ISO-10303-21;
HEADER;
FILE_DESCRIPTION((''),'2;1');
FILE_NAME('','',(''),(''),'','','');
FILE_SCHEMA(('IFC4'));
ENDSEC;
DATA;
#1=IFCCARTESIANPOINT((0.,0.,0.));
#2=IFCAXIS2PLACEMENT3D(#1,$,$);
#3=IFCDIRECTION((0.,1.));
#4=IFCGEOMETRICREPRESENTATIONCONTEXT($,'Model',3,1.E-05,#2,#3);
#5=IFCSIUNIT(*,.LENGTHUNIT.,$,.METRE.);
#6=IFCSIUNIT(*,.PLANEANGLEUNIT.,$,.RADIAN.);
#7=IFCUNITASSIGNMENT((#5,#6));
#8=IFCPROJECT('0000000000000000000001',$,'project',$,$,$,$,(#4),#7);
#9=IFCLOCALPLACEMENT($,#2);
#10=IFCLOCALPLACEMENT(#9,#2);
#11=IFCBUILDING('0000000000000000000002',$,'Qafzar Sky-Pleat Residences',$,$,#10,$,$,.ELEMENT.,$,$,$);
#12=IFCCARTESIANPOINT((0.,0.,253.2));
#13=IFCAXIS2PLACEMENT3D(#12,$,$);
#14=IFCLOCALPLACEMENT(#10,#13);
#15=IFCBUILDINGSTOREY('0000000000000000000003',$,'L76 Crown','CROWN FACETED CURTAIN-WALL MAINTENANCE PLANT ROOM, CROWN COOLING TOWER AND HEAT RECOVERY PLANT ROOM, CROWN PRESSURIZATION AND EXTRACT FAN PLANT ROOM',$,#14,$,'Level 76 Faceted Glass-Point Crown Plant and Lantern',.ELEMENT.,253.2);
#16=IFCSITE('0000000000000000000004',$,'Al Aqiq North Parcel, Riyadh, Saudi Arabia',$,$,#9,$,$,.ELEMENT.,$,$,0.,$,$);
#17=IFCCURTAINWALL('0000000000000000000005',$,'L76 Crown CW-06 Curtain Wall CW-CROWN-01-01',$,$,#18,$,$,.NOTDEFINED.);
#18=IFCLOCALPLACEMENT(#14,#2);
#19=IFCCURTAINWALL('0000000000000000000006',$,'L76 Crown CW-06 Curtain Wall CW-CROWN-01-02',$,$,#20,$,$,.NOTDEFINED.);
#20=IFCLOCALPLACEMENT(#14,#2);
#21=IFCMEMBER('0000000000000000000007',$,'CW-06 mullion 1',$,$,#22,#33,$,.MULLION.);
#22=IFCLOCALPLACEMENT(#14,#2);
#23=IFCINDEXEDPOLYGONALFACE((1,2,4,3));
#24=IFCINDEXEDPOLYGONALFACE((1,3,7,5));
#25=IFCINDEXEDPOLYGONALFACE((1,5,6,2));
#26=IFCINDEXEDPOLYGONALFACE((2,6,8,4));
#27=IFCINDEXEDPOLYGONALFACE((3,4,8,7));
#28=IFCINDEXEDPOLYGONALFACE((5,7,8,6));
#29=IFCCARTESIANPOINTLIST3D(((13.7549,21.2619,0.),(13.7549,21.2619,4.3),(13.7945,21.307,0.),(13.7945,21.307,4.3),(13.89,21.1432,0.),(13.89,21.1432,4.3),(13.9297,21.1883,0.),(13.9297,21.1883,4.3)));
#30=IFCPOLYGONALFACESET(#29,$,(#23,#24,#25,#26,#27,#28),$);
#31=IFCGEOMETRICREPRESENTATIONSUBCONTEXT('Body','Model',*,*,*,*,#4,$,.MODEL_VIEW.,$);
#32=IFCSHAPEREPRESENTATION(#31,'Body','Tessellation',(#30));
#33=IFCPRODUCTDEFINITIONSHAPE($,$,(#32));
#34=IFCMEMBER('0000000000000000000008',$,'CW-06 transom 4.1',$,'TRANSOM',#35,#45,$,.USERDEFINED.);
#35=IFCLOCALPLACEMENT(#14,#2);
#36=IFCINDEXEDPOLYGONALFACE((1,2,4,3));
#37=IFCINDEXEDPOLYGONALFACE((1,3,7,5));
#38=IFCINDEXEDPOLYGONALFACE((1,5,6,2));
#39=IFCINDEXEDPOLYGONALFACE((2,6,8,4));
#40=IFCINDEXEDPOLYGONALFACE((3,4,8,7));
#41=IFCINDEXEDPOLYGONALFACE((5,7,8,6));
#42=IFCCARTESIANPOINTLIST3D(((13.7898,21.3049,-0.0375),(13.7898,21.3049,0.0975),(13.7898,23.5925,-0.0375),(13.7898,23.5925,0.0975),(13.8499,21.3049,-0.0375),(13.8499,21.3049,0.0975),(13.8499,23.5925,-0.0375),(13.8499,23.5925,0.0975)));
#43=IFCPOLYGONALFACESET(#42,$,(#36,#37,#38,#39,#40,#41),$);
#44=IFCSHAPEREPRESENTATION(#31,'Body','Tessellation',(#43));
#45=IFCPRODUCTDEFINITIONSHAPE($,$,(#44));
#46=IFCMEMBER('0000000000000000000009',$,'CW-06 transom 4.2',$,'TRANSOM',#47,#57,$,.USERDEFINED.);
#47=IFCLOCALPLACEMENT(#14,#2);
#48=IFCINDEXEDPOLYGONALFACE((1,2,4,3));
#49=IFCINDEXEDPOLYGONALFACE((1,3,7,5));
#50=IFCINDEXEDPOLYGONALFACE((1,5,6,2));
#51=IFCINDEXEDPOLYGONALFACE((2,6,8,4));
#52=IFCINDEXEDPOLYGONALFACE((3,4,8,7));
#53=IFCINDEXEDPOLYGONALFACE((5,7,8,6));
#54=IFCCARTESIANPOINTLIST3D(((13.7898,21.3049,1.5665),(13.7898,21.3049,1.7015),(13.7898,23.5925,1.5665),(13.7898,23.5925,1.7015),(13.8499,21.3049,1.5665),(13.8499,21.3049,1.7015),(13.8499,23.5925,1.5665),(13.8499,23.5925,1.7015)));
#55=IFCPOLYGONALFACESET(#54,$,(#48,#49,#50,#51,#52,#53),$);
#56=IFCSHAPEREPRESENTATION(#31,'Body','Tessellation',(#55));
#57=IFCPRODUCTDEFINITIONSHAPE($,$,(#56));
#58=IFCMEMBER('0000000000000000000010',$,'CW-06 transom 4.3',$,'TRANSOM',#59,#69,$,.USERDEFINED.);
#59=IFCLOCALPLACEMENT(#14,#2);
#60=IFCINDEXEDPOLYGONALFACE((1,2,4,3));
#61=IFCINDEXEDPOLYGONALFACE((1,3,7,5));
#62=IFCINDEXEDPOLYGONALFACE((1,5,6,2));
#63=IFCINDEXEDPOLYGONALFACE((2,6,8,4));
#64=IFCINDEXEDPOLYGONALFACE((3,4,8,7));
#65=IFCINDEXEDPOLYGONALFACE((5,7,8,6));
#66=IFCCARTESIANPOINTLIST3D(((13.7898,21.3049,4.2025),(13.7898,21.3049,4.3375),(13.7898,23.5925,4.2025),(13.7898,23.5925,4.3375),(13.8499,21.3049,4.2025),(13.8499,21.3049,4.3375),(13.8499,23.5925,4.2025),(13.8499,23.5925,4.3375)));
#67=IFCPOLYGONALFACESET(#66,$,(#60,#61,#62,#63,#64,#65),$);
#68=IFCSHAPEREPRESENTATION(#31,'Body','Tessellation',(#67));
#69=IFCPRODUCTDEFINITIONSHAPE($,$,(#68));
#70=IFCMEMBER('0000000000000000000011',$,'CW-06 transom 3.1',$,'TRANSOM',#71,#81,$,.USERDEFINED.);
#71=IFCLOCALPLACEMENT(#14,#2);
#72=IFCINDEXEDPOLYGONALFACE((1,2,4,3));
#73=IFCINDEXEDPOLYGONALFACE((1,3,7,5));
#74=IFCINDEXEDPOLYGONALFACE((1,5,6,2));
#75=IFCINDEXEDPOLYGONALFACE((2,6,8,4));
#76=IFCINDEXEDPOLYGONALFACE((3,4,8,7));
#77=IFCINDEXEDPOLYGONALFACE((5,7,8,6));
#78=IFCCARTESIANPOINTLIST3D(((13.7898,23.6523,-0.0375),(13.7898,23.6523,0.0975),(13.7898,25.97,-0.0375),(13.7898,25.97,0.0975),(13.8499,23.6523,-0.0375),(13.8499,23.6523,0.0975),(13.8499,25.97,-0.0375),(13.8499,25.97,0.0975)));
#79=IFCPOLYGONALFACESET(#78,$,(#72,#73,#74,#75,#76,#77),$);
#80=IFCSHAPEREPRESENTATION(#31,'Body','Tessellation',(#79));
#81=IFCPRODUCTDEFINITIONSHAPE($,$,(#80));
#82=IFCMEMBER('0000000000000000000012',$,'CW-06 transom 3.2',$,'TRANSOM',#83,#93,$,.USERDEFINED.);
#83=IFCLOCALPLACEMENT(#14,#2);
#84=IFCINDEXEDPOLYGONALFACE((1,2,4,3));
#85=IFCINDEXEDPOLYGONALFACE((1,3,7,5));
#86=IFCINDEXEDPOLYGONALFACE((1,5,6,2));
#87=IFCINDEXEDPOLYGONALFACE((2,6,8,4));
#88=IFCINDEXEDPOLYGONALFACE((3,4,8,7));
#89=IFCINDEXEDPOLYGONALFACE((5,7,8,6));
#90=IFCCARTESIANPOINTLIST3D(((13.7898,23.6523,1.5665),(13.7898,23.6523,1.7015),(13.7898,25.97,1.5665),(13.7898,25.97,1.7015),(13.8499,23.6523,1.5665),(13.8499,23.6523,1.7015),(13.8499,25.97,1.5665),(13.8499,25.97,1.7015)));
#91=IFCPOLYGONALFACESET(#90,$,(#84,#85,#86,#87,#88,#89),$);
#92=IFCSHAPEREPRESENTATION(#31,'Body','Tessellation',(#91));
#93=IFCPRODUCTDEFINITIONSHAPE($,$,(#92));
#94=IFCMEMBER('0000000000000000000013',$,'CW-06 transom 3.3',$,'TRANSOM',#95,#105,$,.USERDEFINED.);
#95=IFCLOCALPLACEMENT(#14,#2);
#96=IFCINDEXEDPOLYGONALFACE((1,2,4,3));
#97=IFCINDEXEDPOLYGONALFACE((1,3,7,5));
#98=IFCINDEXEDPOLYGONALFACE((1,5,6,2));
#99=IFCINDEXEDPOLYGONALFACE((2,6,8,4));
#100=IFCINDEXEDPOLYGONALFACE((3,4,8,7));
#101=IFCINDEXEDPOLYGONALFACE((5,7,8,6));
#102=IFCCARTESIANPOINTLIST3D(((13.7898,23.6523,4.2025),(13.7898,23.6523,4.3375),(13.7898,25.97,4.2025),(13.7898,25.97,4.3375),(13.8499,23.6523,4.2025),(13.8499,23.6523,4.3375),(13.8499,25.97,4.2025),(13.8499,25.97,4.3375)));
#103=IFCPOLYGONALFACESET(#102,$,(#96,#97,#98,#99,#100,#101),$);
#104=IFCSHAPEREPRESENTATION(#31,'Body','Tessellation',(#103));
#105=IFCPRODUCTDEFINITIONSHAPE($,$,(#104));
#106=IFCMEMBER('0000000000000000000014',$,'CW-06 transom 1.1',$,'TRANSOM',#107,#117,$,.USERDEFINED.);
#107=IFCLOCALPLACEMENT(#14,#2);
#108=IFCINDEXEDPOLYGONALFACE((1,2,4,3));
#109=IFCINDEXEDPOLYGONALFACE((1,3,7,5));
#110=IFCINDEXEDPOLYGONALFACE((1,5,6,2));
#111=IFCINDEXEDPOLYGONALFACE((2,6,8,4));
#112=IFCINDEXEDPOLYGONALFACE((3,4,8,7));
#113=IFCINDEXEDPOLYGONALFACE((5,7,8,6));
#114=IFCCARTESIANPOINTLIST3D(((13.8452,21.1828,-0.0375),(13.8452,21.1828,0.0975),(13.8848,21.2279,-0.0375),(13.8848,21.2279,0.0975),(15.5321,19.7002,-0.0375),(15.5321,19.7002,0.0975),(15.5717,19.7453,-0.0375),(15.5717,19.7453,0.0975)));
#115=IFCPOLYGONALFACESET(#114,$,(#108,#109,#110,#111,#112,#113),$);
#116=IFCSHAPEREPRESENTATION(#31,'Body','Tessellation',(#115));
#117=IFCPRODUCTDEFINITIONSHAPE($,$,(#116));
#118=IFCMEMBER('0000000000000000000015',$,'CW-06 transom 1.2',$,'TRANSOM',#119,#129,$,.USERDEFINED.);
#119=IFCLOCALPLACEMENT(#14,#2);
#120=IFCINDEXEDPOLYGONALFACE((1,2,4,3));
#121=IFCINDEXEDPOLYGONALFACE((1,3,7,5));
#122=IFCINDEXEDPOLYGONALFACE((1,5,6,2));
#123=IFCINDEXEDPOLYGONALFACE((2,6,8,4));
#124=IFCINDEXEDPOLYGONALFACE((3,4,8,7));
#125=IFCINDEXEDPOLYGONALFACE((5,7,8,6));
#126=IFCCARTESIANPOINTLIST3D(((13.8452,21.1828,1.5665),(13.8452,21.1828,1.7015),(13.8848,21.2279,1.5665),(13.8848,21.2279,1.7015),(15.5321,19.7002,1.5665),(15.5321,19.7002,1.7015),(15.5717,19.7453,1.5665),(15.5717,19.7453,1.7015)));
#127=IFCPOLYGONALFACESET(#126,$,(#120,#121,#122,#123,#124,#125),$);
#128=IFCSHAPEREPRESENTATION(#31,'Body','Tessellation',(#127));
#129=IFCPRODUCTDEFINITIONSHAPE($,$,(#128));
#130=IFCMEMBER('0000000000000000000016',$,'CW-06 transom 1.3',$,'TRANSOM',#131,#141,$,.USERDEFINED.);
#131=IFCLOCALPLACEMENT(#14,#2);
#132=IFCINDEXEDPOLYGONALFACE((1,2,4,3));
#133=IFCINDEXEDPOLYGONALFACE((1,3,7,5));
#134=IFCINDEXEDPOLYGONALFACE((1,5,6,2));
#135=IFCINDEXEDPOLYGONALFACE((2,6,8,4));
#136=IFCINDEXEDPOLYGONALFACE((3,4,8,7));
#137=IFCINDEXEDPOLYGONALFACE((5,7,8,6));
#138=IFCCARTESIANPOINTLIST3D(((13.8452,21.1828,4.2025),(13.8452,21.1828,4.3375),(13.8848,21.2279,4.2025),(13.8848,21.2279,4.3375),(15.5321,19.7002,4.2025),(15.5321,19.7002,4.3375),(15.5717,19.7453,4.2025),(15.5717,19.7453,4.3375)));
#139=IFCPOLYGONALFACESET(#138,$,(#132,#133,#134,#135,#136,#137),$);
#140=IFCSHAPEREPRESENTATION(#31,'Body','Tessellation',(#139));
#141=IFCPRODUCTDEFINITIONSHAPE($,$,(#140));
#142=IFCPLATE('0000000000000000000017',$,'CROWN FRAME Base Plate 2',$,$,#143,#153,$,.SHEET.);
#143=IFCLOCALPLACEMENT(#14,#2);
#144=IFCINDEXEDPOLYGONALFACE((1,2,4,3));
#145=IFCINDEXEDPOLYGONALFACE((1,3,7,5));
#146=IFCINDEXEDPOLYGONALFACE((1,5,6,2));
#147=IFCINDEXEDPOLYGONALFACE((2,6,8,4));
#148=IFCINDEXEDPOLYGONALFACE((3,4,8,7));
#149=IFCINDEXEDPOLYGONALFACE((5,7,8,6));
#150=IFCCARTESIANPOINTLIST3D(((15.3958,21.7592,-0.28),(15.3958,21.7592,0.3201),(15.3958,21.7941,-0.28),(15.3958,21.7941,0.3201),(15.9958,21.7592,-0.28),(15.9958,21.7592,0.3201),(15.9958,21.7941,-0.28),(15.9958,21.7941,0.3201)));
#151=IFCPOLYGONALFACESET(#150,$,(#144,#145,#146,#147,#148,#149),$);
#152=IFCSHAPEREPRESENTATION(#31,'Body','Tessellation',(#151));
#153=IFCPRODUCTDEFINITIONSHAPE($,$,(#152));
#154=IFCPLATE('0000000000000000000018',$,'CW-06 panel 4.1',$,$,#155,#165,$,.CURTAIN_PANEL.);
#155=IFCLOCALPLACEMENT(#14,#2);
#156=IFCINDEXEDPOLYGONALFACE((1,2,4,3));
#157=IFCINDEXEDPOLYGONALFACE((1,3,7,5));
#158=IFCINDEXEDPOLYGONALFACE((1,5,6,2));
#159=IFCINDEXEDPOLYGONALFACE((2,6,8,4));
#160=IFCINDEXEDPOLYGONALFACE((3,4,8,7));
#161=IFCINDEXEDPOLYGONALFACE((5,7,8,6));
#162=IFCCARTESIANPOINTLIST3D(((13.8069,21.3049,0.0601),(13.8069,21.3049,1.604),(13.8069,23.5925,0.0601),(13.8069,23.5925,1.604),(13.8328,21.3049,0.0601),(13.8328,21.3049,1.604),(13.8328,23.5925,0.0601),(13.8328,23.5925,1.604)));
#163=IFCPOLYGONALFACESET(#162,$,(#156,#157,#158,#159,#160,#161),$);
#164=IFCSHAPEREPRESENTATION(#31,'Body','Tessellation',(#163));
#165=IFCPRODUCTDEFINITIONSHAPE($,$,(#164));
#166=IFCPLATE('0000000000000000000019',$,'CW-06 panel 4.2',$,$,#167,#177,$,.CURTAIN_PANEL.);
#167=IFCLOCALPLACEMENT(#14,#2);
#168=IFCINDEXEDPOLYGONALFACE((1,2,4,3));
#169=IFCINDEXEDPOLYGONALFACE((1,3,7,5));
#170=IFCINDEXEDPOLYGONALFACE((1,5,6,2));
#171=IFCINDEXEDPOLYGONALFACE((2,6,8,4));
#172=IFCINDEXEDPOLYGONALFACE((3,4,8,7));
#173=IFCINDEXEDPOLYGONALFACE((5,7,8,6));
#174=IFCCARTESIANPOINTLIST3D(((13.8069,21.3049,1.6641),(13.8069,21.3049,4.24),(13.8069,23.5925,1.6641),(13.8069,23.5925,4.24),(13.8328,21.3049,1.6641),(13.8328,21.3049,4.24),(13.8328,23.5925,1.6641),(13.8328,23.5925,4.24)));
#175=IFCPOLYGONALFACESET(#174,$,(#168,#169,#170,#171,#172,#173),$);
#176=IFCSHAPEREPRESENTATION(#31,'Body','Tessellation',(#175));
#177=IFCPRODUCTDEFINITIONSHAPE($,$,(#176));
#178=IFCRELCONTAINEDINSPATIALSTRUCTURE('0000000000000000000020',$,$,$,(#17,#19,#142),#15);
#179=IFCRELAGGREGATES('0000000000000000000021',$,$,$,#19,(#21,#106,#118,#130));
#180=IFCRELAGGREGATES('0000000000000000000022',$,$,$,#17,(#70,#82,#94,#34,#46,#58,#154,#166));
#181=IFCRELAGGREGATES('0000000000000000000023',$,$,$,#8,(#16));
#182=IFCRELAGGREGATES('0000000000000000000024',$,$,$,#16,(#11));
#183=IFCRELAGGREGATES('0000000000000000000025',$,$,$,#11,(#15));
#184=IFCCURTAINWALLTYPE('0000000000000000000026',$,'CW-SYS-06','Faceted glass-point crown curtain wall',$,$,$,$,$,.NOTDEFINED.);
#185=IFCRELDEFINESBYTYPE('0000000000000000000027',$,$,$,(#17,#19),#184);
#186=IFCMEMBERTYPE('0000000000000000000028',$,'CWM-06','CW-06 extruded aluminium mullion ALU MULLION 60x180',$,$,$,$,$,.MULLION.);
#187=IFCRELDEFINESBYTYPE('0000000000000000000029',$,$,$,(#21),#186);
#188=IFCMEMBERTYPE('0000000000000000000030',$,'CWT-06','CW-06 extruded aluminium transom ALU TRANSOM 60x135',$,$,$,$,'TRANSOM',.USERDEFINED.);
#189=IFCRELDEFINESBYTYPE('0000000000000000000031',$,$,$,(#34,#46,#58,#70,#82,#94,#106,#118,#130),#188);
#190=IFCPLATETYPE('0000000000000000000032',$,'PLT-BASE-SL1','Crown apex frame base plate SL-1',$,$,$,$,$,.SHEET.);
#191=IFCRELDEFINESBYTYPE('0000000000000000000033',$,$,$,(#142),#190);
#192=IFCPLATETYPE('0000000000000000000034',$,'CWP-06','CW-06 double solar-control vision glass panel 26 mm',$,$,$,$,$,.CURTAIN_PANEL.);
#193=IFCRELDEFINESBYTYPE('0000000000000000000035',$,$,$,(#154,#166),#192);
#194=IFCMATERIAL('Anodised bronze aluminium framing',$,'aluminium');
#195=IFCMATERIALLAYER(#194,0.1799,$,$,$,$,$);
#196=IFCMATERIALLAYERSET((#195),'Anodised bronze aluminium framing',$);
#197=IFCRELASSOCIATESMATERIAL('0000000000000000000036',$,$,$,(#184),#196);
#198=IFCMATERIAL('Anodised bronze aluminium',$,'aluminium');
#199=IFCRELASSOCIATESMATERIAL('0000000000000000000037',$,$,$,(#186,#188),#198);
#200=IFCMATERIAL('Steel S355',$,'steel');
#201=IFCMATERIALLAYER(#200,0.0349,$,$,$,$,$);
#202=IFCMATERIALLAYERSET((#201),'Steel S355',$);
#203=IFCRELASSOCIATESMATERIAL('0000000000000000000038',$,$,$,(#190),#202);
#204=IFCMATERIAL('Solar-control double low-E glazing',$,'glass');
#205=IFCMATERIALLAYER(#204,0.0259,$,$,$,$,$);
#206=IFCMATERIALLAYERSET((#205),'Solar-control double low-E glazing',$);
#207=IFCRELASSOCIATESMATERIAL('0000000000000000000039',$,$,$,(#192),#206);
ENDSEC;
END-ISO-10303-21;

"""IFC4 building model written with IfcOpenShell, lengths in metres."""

from ifc_helpers import new_model, si_unit, direction, frame, origin, origin_2d, place, context, subcontext, project, spatial, rectangle, extrude, source, transform, mapped, material, layer, layer_set, material_profile, profile_set, type_object, element, aggregate, save


model = new_model("IFC4")

# Units and contexts
model_context = context("Model", 3, precision=1e-05, world=origin(), true_north=direction((0.0, 1.0)))
body_context = subcontext(model_context, "Body", "Model", "MODEL_VIEW")
ifc_project = project(units=[si_unit("LENGTHUNIT", "METRE"), si_unit("PLANEANGLEUNIT", "RADIAN")], contexts=[model_context])

# Site, building, storey
site_placement = place(None, origin())
site = spatial("IfcSite", under=ifc_project, at=site_placement, Name="Al Aqiq North Parcel, Riyadh, Saudi Arabia", CompositionType="ELEMENT", RefElevation=0.0)
building_placement = place(site_placement, origin())
building = spatial("IfcBuilding", under=site, at=building_placement, Name="Qafzar Sky-Pleat Residences", CompositionType="ELEMENT")
storey_placement = place(building_placement, frame((0.0, 0.0, 253.2)))
storey = spatial("IfcBuildingStorey", under=building, at=storey_placement, Name="L76 Crown", Description="CROWN FACETED CURTAIN-WALL MAINTENANCE PLANT ROOM, CROWN COOLING TOWER AND HEAT RECOVERY PLANT ROOM, CROWN PRESSURIZATION AND EXTRACT FAN PLANT ROOM", LongName="Level 76 Faceted Glass-Point Crown Plant and Lantern", CompositionType="ELEMENT", Elevation=253.2)

# Shared definitions
ifc_material_1 = material(Name="Steel S355", Category="steel")

# Curtain wall
ifc_material_2 = material(Name="Anodised bronze aluminium framing", Category="aluminium")
ifc_layer_1 = layer(ifc_material_2, 0.1799)
ifc_layer_set_1 = layer_set([ifc_layer_1], Name="Anodised bronze aluminium framing")
curtain_wall_type = type_object("IfcCurtainWallType", Name="CW-SYS-06", Description="Faceted glass-point crown curtain wall", PredefinedType="NOTDEFINED", material=ifc_layer_set_1)
curtain_wall_1_placement = place(storey_placement, origin())
curtain_wall_1 = element("IfcCurtainWall", 1, at=curtain_wall_1_placement, inside=storey, type_object=curtain_wall_type, Name="L76 Crown CW-06 Curtain Wall CW-CROWN-01-01", PredefinedType="NOTDEFINED")
ifc_material_3 = material(Name="Anodised bronze aluminium", Category="aluminium")
ifc_material_profile_1 = material_profile(ifc_material_3, rectangle(XDim=0.0601, YDim=0.1799, at=origin_2d()), Name="ALU MULLION 60x180")
ifc_profile_set_1 = profile_set([ifc_material_profile_1], Name="Anodised bronze aluminium")
member_type_1 = type_object("IfcMemberType", Name="CWM-06", Description="CW-06 extruded aluminium mullion ALU MULLION 60x180", PredefinedType="MULLION", material=ifc_profile_set_1)
shared_shape_1 = source(origin(), body_context, "Body", "SweptSolid", [
    extrude(rectangle(XDim=0.0601, YDim=0.1799, at=origin_2d()), origin(), (0.0, 0.0, 1.0), 4.3),
])

# Curtain wall, member
curtain_wall_2_placement = place(storey_placement, origin())
curtain_wall_2 = element("IfcCurtainWall", 2, at=curtain_wall_2_placement, inside=storey, type_object=curtain_wall_type, Name="L76 Crown CW-06 Curtain Wall CW-CROWN-01-02", PredefinedType="NOTDEFINED")
member_1_placement = place(storey_placement, frame((13.8423, 21.2251, 0.0), z_axis=(0.0, 0.0, 1.0), x_axis=(0.660129, 0.751152, 0.0)))
member_1 = element("IfcMember", 3, at=member_1_placement, type_object=member_type_1, Name="CW-06 mullion 1", PredefinedType="MULLION", context=body_context, shape_type="MappedRepresentation", body=[
    mapped(shared_shape_1, transform((0.0, 0.0, 0.0), x_axis=(1.0, 0.0, 0.0), y_axis=(0.0, 1.0, 0.0), z_axis=(0.0, 0.0, 1.0), scale=1.0)),
])

# Members
ifc_material_profile_2 = material_profile(ifc_material_3, rectangle(XDim=0.0601, YDim=0.135, at=origin_2d()), Name="ALU TRANSOM 60x135")
ifc_profile_set_2 = profile_set([ifc_material_profile_2], Name="Anodised bronze aluminium")
member_type_2 = type_object("IfcMemberType", Name="CWT-06", Description="CW-06 extruded aluminium transom ALU TRANSOM 60x135", ElementType="TRANSOM", PredefinedType="USERDEFINED", material=ifc_profile_set_2)
shared_shape_2 = source(origin(), body_context, "Body", "SweptSolid", [
    extrude(rectangle(XDim=0.0601, YDim=0.135, at=origin_2d()), origin(), (0.0, 0.0, 1.0), 2.2876),
])
member_2_placement = place(storey_placement, frame((13.8198, 23.5925, 0.03), z_axis=(0.0, -1.0, 0.0), x_axis=(1.0, 0.0, 0.0)))
member_2 = element("IfcMember", 4, at=member_2_placement, type_object=member_type_2, Name="CW-06 transom 4.1", ObjectType="TRANSOM", PredefinedType="USERDEFINED", context=body_context, shape_type="MappedRepresentation", body=[
    mapped(shared_shape_2, transform((0.0, 0.0, 0.0), x_axis=(1.0, 0.0, 0.0), y_axis=(0.0, 1.0, 0.0), z_axis=(0.0, 0.0, 1.0), scale=1.0)),
])
member_3_placement = place(storey_placement, frame((13.8198, 23.5925, 1.634), z_axis=(0.0, -1.0, 0.0), x_axis=(1.0, 0.0, 0.0)))
member_3 = element("IfcMember", 5, at=member_3_placement, type_object=member_type_2, Name="CW-06 transom 4.2", ObjectType="TRANSOM", PredefinedType="USERDEFINED", context=body_context, shape_type="MappedRepresentation", body=[
    mapped(shared_shape_2, transform((0.0, 0.0, 0.0), x_axis=(1.0, 0.0, 0.0), y_axis=(0.0, 1.0, 0.0), z_axis=(0.0, 0.0, 1.0), scale=1.0)),
])
member_4_placement = place(storey_placement, frame((13.8198, 23.5925, 4.27), z_axis=(0.0, -1.0, 0.0), x_axis=(1.0, 0.0, 0.0)))
member_4 = element("IfcMember", 6, at=member_4_placement, type_object=member_type_2, Name="CW-06 transom 4.3", ObjectType="TRANSOM", PredefinedType="USERDEFINED", context=body_context, shape_type="MappedRepresentation", body=[
    mapped(shared_shape_2, transform((0.0, 0.0, 0.0), x_axis=(1.0, 0.0, 0.0), y_axis=(0.0, 1.0, 0.0), z_axis=(0.0, 0.0, 1.0), scale=1.0)),
])
shared_shape_3 = source(origin(), body_context, "Body", "SweptSolid", [
    extrude(rectangle(XDim=0.0601, YDim=0.135, at=origin_2d()), origin(), (0.0, 0.0, 1.0), 2.3176),
])
member_5_placement = place(storey_placement, frame((13.8198, 25.97, 0.03), z_axis=(0.0, -1.0, 0.0), x_axis=(1.0, 0.0, 0.0)))
member_5 = element("IfcMember", 7, at=member_5_placement, type_object=member_type_2, Name="CW-06 transom 3.1", ObjectType="TRANSOM", PredefinedType="USERDEFINED", context=body_context, shape_type="MappedRepresentation", body=[
    mapped(shared_shape_3, transform((0.0, 0.0, 0.0), x_axis=(1.0, 0.0, 0.0), y_axis=(0.0, 1.0, 0.0), z_axis=(0.0, 0.0, 1.0), scale=1.0)),
])
member_6_placement = place(storey_placement, frame((13.8198, 25.97, 1.634), z_axis=(0.0, -1.0, 0.0), x_axis=(1.0, 0.0, 0.0)))
member_6 = element("IfcMember", 8, at=member_6_placement, type_object=member_type_2, Name="CW-06 transom 3.2", ObjectType="TRANSOM", PredefinedType="USERDEFINED", context=body_context, shape_type="MappedRepresentation", body=[
    mapped(shared_shape_3, transform((0.0, 0.0, 0.0), x_axis=(1.0, 0.0, 0.0), y_axis=(0.0, 1.0, 0.0), z_axis=(0.0, 0.0, 1.0), scale=1.0)),
])
member_7_placement = place(storey_placement, frame((13.8198, 25.97, 4.27), z_axis=(0.0, -1.0, 0.0), x_axis=(1.0, 0.0, 0.0)))
member_7 = element("IfcMember", 9, at=member_7_placement, type_object=member_type_2, Name="CW-06 transom 3.3", ObjectType="TRANSOM", PredefinedType="USERDEFINED", context=body_context, shape_type="MappedRepresentation", body=[
    mapped(shared_shape_3, transform((0.0, 0.0, 0.0), x_axis=(1.0, 0.0, 0.0), y_axis=(0.0, 1.0, 0.0), z_axis=(0.0, 0.0, 1.0), scale=1.0)),
])
shared_shape_4 = source(origin(), body_context, "Body", "SweptSolid", [
    extrude(rectangle(XDim=0.0601, YDim=0.135, at=origin_2d()), origin(), (0.0, 0.0, 1.0), 2.2458),
])
member_8_placement = place(storey_placement, frame((13.865, 21.2053, 0.03), z_axis=(0.751134, -0.66015, 0.0), x_axis=(0.66015, 0.751134, 0.0)))
member_8 = element("IfcMember", 10, at=member_8_placement, type_object=member_type_2, Name="CW-06 transom 1.1", ObjectType="TRANSOM", PredefinedType="USERDEFINED", context=body_context, shape_type="MappedRepresentation", body=[
    mapped(shared_shape_4, transform((0.0, 0.0, 0.0), x_axis=(1.0, 0.0, 0.0), y_axis=(0.0, 1.0, 0.0), z_axis=(0.0, 0.0, 1.0), scale=1.0)),
])
member_9_placement = place(storey_placement, frame((13.865, 21.2053, 1.634), z_axis=(0.751134, -0.66015, 0.0), x_axis=(0.66015, 0.751134, 0.0)))
member_9 = element("IfcMember", 11, at=member_9_placement, type_object=member_type_2, Name="CW-06 transom 1.2", ObjectType="TRANSOM", PredefinedType="USERDEFINED", context=body_context, shape_type="MappedRepresentation", body=[
    mapped(shared_shape_4, transform((0.0, 0.0, 0.0), x_axis=(1.0, 0.0, 0.0), y_axis=(0.0, 1.0, 0.0), z_axis=(0.0, 0.0, 1.0), scale=1.0)),
])
member_10_placement = place(storey_placement, frame((13.865, 21.2053, 4.27), z_axis=(0.751134, -0.66015, 0.0), x_axis=(0.66015, 0.751134, 0.0)))
member_10 = element("IfcMember", 12, at=member_10_placement, type_object=member_type_2, Name="CW-06 transom 1.3", ObjectType="TRANSOM", PredefinedType="USERDEFINED", context=body_context, shape_type="MappedRepresentation", body=[
    mapped(shared_shape_4, transform((0.0, 0.0, 0.0), x_axis=(1.0, 0.0, 0.0), y_axis=(0.0, 1.0, 0.0), z_axis=(0.0, 0.0, 1.0), scale=1.0)),
])
aggregate(curtain_wall_2, [member_1, member_8, member_9, member_10])

# Plates
ifc_layer_2 = layer(ifc_material_1, 0.0349)
ifc_layer_set_2 = layer_set([ifc_layer_2], Name="Steel S355")
plate_type_1 = type_object("IfcPlateType", Name="PLT-BASE-SL1", Description="Crown apex frame base plate SL-1", PredefinedType="SHEET", material=ifc_layer_set_2)
shared_shape_5 = source(origin(), body_context, "Body", "SweptSolid", [
    extrude(rectangle(XDim=0.6001, YDim=0.0349, at=origin_2d()), origin(), (0.0, 0.0, 1.0), 0.6001),
])
plate_1_placement = place(storey_placement, frame((15.6958, 21.7766, -0.28), z_axis=(0.0, 0.0, 1.0), x_axis=(1.0, 0.0, 0.0)))
element("IfcPlate", 13, at=plate_1_placement, inside=storey, type_object=plate_type_1, Name="CROWN FRAME Base Plate 2", PredefinedType="SHEET", context=body_context, shape_type="MappedRepresentation", body=[
    mapped(shared_shape_5, transform((0.0, 0.0, 0.0), x_axis=(1.0, 0.0, 0.0), y_axis=(0.0, 1.0, 0.0), z_axis=(0.0, 0.0, 1.0), scale=1.0)),
])
ifc_material_4 = material(Name="Solar-control double low-E glazing", Category="glass")
ifc_layer_3 = layer(ifc_material_4, 0.0259)
ifc_layer_set_3 = layer_set([ifc_layer_3], Name="Solar-control double low-E glazing")
plate_type_2 = type_object("IfcPlateType", Name="CWP-06", Description="CW-06 double solar-control vision glass panel 26 mm", PredefinedType="CURTAIN_PANEL", material=ifc_layer_set_3)
shared_shape_6 = source(origin(), body_context, "Body", "SweptSolid", [
    extrude(rectangle(XDim=2.2876, YDim=0.0259, at=origin_2d()), origin(), (0.0, 0.0, 1.0), 1.5439),
])
plate_2_placement = place(storey_placement, frame((13.8198, 22.4487, 0.0601), z_axis=(0.0, 0.0, 1.0), x_axis=(0.0, -1.0, 0.0)))
plate_2 = element("IfcPlate", 14, at=plate_2_placement, type_object=plate_type_2, Name="CW-06 panel 4.1", PredefinedType="CURTAIN_PANEL", context=body_context, shape_type="MappedRepresentation", body=[
    mapped(shared_shape_6, transform((0.0, 0.0, 0.0), x_axis=(1.0, 0.0, 0.0), y_axis=(0.0, 1.0, 0.0), z_axis=(0.0, 0.0, 1.0), scale=1.0)),
])
shared_shape_7 = source(origin(), body_context, "Body", "SweptSolid", [
    extrude(rectangle(XDim=2.2876, YDim=0.0259, at=origin_2d()), origin(), (0.0, 0.0, 1.0), 2.5759),
])
plate_3_placement = place(storey_placement, frame((13.8198, 22.4487, 1.6641), z_axis=(0.0, 0.0, 1.0), x_axis=(0.0, -1.0, 0.0)))
plate_3 = element("IfcPlate", 15, at=plate_3_placement, type_object=plate_type_2, Name="CW-06 panel 4.2", PredefinedType="CURTAIN_PANEL", context=body_context, shape_type="MappedRepresentation", body=[
    mapped(shared_shape_7, transform((0.0, 0.0, 0.0), x_axis=(1.0, 0.0, 0.0), y_axis=(0.0, 1.0, 0.0), z_axis=(0.0, 0.0, 1.0), scale=1.0)),
])
aggregate(curtain_wall_1, [member_5, member_6, member_7, member_2, member_3, member_4, plate_2, plate_3])

save(model, "model.ifc")
